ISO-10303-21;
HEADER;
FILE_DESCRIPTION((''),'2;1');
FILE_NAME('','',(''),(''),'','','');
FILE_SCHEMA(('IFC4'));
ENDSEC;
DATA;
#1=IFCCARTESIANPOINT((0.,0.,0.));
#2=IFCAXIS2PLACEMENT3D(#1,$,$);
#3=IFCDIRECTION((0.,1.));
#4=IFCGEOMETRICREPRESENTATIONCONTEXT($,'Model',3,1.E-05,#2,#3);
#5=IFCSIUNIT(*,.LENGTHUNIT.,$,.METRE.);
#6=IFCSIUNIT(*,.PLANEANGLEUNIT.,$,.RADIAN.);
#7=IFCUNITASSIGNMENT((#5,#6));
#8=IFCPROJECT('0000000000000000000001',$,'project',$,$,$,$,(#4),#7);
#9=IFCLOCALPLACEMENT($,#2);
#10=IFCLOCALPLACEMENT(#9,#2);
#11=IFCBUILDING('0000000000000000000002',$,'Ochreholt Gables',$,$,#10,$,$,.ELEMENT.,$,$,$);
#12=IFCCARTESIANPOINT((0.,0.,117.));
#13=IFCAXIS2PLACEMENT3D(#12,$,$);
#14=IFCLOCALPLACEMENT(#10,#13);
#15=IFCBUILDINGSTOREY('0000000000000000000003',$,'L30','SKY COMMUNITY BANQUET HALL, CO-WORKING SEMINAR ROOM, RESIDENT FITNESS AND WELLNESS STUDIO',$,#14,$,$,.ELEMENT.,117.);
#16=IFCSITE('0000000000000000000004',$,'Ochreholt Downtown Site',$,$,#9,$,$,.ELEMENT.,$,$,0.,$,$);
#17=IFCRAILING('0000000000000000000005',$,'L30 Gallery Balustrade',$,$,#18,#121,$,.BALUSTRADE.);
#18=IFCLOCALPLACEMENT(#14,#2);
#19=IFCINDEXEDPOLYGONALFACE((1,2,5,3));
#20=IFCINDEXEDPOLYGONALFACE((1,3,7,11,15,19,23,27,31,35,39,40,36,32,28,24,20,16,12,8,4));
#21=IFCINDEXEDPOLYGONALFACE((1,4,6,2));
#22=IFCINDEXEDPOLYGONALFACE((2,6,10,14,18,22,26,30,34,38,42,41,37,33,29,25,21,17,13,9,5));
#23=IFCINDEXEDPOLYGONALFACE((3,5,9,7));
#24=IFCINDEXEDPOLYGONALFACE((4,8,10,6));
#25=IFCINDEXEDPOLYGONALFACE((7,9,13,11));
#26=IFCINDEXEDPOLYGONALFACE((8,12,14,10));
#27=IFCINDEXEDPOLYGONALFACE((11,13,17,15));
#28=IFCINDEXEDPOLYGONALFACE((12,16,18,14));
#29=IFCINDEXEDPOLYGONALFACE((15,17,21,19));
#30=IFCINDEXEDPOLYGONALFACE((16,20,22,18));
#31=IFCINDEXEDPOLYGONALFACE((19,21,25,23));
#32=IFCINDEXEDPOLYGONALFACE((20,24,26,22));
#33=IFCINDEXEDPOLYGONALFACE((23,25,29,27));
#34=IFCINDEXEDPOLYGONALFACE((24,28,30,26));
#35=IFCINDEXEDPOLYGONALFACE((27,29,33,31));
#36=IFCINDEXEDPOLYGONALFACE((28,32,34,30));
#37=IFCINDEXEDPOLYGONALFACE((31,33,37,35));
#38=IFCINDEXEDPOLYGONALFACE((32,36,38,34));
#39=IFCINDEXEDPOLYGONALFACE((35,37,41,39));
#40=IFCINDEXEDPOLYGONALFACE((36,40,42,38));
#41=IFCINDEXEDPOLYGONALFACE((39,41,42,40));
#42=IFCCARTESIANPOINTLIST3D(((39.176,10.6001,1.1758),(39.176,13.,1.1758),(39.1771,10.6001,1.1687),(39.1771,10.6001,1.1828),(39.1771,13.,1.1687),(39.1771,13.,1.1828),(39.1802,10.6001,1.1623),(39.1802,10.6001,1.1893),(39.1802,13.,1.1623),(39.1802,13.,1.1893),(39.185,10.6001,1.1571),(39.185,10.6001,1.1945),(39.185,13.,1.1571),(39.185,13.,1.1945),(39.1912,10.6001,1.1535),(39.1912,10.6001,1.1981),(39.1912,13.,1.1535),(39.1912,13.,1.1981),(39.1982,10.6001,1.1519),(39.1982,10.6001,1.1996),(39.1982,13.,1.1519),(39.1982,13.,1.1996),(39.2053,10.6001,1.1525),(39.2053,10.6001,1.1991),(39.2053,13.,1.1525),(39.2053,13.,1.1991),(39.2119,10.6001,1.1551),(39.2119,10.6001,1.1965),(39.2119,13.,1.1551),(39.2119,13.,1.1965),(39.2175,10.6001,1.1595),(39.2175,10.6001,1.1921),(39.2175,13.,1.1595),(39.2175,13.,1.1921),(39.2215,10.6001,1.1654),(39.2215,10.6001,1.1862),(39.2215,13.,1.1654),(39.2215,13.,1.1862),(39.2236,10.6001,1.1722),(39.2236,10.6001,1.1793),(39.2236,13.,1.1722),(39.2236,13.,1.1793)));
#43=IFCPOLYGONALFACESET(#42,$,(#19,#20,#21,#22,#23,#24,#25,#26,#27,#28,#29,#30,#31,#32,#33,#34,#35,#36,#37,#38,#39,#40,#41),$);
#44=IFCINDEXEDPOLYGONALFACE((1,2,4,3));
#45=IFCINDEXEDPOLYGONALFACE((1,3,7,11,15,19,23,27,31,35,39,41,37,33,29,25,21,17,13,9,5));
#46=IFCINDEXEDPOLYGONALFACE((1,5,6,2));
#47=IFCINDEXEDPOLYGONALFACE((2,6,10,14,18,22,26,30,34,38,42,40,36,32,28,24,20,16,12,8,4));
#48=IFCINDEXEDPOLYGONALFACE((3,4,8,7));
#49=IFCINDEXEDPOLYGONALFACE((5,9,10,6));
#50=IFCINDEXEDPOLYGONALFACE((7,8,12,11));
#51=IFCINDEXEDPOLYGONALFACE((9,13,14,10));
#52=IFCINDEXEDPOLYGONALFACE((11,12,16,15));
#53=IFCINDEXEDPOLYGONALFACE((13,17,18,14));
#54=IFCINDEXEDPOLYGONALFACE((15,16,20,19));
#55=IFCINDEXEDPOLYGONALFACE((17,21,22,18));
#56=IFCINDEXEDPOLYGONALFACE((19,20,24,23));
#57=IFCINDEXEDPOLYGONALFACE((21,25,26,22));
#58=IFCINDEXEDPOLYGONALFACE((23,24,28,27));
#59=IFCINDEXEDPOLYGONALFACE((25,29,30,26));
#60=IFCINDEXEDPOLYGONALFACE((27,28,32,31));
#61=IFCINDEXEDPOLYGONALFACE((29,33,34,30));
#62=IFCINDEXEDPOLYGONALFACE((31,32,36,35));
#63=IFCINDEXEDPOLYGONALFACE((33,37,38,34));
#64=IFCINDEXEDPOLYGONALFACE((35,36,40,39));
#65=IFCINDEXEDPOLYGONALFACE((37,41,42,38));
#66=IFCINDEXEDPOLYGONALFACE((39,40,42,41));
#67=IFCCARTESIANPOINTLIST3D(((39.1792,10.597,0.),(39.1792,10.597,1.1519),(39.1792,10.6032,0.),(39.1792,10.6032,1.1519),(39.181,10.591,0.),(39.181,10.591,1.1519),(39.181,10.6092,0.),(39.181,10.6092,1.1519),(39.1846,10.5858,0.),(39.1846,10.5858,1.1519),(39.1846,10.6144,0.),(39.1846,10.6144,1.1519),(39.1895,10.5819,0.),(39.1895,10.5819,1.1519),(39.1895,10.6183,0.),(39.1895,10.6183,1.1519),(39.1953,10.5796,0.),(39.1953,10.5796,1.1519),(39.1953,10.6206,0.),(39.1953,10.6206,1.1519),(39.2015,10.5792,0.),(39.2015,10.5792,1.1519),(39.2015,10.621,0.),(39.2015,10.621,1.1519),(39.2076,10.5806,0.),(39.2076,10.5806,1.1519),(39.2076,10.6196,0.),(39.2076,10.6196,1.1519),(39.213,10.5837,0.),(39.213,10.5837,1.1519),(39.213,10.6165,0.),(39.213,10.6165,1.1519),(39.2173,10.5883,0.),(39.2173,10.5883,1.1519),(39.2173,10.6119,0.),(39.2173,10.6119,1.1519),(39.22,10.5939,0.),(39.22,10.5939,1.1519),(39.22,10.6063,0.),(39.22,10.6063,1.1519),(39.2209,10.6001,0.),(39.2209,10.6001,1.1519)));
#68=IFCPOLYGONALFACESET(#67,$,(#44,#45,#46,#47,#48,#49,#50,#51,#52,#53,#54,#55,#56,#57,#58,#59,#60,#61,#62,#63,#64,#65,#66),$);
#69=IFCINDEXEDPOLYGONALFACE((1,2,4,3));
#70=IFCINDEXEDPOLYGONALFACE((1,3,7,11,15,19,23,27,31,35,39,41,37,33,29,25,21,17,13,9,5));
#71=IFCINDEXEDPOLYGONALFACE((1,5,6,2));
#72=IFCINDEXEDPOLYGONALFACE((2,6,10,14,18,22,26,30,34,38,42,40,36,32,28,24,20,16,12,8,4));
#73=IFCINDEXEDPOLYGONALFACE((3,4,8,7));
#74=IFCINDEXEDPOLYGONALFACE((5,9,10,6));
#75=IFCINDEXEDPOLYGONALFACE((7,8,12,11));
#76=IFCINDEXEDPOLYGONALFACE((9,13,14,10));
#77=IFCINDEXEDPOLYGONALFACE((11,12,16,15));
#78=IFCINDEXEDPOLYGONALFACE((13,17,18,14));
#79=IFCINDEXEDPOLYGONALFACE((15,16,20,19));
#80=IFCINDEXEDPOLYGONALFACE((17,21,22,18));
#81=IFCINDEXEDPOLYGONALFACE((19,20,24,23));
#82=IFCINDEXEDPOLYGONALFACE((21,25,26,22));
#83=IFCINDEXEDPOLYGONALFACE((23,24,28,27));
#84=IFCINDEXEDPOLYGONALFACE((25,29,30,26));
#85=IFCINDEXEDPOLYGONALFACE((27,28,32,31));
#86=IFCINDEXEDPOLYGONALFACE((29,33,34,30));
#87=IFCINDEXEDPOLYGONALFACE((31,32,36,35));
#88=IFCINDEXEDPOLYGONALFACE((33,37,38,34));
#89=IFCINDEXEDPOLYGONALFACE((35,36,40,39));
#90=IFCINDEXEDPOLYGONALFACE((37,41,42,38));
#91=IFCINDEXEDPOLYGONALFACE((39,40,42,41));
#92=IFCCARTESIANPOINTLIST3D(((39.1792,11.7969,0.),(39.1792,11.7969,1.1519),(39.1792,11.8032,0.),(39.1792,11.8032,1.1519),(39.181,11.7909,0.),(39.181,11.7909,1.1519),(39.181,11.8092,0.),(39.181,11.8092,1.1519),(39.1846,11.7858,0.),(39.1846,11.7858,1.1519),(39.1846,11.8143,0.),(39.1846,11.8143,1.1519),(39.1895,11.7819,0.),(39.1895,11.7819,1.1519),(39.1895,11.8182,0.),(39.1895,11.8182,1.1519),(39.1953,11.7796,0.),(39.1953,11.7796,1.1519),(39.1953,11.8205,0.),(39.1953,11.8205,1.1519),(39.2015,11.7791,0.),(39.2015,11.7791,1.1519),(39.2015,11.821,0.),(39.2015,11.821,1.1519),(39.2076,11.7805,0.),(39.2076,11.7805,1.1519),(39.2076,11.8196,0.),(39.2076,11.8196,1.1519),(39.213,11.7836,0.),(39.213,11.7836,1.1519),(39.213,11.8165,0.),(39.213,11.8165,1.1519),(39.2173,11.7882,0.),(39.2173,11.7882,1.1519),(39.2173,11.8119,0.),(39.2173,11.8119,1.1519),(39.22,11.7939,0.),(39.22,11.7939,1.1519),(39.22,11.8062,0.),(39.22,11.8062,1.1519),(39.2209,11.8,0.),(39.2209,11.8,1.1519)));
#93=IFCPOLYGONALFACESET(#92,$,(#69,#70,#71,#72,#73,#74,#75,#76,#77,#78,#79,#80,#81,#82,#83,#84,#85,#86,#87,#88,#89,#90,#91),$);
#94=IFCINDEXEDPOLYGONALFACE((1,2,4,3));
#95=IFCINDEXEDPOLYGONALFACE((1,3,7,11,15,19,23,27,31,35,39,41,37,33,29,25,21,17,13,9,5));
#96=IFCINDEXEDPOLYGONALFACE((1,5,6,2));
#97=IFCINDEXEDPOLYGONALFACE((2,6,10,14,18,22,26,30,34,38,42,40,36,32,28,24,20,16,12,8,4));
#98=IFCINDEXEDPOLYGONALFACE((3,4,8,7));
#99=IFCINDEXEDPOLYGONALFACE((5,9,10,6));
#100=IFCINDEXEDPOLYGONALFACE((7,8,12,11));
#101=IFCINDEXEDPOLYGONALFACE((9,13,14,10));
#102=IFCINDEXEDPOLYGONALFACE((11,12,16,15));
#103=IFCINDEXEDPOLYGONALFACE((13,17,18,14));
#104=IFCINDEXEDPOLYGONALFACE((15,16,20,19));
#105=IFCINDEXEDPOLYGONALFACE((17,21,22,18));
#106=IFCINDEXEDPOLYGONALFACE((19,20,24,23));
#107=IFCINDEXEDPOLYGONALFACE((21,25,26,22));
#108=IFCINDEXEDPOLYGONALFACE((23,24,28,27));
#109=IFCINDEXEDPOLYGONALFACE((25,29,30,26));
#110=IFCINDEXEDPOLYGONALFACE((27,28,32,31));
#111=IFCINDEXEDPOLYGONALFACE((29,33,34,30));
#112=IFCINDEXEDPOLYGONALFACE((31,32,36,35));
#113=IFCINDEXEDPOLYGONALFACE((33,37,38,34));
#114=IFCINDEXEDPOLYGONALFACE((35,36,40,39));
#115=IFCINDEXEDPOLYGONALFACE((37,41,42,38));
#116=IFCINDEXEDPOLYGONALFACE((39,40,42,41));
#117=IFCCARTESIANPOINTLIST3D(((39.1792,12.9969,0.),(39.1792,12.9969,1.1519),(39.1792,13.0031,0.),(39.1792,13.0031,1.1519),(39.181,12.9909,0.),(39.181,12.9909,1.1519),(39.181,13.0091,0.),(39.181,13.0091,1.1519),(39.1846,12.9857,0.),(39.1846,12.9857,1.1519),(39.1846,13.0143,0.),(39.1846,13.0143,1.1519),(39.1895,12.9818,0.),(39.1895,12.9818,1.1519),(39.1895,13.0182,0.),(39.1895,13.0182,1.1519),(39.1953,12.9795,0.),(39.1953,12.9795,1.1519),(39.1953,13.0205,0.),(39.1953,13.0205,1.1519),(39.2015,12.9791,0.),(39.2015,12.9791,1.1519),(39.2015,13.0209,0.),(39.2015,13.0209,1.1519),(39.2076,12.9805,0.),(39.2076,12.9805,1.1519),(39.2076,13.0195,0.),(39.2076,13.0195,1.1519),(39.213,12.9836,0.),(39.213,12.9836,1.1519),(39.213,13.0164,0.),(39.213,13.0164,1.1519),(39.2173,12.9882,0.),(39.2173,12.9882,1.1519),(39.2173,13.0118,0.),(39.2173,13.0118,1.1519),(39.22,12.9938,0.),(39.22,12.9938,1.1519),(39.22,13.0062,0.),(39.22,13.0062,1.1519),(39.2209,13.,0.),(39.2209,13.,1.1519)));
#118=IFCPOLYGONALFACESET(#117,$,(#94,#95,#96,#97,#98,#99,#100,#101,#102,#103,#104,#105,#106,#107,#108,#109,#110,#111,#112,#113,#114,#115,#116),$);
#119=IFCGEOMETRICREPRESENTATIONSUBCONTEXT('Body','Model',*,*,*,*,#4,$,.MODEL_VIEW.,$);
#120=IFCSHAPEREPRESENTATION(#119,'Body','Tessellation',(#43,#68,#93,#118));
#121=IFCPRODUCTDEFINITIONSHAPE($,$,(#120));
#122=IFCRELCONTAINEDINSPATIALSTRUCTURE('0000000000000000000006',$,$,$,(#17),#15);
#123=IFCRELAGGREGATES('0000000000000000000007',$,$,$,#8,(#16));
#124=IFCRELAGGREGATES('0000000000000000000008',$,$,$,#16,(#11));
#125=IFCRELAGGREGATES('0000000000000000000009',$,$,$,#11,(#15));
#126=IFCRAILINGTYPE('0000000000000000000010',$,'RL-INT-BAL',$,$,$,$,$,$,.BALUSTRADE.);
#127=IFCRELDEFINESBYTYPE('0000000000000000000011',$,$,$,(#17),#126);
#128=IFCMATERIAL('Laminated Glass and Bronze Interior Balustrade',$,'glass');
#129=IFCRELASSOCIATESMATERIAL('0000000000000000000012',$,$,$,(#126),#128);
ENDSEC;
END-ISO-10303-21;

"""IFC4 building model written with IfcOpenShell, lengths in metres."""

from ifc_helpers import new_model, si_unit, direction, frame, origin, origin_2d, place, context, subcontext, project, spatial, circle, extrude, material, type_object, element, save


model = new_model("IFC4")

# Units and contexts
model_context = context("Model", 3, precision=1e-05, world=origin(), true_north=direction((0.0, 1.0)))
body_context = subcontext(model_context, "Body", "Model", "MODEL_VIEW")
ifc_project = project(units=[si_unit("LENGTHUNIT", "METRE"), si_unit("PLANEANGLEUNIT", "RADIAN")], contexts=[model_context])

# Site, building, storey
site_placement = place(None, origin())
site = spatial("IfcSite", under=ifc_project, at=site_placement, Name="Ochreholt Downtown Site", CompositionType="ELEMENT", RefElevation=0.0)
building_placement = place(site_placement, origin())
building = spatial("IfcBuilding", under=site, at=building_placement, Name="Ochreholt Gables", CompositionType="ELEMENT")
storey_placement = place(building_placement, frame((0.0, 0.0, 117.0)))
storey = spatial("IfcBuildingStorey", under=building, at=storey_placement, Name="L30", Description="SKY COMMUNITY BANQUET HALL, CO-WORKING SEMINAR ROOM, RESIDENT FITNESS AND WELLNESS STUDIO", CompositionType="ELEMENT", Elevation=117.0)

# Railing
ifc_material_1 = material(Name="Laminated Glass and Bronze Interior Balustrade", Category="glass")
railing_type = type_object("IfcRailingType", Name="RL-INT-BAL", PredefinedType="BALUSTRADE", material=ifc_material_1)
railing_placement = place(storey_placement, frame((39.2, 10.6001, 0.0)))
element("IfcRailing", 1, at=railing_placement, inside=storey, type_object=railing_type, Name="L30 Gallery Balustrade", PredefinedType="BALUSTRADE", context=body_context, shape_type="SweptSolid", body=[
    extrude(circle(Radius=0.0239, at=origin_2d()), frame((0.0, 0.0, 1.1758), z_axis=(0.0, 1.0, 0.0), x_axis=(-1.0, 0.0, 0.0)), (0.0, 0.0, 1.0), 2.3999),
    extrude(circle(Radius=0.021, at=origin_2d()), origin(), (0.0, 0.0, 1.0), 1.1519),
    extrude(circle(Radius=0.021, at=origin_2d()), frame((0.0, 1.2, 0.0)), (0.0, 0.0, 1.0), 1.1519),
    extrude(circle(Radius=0.021, at=origin_2d()), frame((0.0, 2.3999, 0.0)), (0.0, 0.0, 1.0), 1.1519),
])

save(model, "model.ifc")
